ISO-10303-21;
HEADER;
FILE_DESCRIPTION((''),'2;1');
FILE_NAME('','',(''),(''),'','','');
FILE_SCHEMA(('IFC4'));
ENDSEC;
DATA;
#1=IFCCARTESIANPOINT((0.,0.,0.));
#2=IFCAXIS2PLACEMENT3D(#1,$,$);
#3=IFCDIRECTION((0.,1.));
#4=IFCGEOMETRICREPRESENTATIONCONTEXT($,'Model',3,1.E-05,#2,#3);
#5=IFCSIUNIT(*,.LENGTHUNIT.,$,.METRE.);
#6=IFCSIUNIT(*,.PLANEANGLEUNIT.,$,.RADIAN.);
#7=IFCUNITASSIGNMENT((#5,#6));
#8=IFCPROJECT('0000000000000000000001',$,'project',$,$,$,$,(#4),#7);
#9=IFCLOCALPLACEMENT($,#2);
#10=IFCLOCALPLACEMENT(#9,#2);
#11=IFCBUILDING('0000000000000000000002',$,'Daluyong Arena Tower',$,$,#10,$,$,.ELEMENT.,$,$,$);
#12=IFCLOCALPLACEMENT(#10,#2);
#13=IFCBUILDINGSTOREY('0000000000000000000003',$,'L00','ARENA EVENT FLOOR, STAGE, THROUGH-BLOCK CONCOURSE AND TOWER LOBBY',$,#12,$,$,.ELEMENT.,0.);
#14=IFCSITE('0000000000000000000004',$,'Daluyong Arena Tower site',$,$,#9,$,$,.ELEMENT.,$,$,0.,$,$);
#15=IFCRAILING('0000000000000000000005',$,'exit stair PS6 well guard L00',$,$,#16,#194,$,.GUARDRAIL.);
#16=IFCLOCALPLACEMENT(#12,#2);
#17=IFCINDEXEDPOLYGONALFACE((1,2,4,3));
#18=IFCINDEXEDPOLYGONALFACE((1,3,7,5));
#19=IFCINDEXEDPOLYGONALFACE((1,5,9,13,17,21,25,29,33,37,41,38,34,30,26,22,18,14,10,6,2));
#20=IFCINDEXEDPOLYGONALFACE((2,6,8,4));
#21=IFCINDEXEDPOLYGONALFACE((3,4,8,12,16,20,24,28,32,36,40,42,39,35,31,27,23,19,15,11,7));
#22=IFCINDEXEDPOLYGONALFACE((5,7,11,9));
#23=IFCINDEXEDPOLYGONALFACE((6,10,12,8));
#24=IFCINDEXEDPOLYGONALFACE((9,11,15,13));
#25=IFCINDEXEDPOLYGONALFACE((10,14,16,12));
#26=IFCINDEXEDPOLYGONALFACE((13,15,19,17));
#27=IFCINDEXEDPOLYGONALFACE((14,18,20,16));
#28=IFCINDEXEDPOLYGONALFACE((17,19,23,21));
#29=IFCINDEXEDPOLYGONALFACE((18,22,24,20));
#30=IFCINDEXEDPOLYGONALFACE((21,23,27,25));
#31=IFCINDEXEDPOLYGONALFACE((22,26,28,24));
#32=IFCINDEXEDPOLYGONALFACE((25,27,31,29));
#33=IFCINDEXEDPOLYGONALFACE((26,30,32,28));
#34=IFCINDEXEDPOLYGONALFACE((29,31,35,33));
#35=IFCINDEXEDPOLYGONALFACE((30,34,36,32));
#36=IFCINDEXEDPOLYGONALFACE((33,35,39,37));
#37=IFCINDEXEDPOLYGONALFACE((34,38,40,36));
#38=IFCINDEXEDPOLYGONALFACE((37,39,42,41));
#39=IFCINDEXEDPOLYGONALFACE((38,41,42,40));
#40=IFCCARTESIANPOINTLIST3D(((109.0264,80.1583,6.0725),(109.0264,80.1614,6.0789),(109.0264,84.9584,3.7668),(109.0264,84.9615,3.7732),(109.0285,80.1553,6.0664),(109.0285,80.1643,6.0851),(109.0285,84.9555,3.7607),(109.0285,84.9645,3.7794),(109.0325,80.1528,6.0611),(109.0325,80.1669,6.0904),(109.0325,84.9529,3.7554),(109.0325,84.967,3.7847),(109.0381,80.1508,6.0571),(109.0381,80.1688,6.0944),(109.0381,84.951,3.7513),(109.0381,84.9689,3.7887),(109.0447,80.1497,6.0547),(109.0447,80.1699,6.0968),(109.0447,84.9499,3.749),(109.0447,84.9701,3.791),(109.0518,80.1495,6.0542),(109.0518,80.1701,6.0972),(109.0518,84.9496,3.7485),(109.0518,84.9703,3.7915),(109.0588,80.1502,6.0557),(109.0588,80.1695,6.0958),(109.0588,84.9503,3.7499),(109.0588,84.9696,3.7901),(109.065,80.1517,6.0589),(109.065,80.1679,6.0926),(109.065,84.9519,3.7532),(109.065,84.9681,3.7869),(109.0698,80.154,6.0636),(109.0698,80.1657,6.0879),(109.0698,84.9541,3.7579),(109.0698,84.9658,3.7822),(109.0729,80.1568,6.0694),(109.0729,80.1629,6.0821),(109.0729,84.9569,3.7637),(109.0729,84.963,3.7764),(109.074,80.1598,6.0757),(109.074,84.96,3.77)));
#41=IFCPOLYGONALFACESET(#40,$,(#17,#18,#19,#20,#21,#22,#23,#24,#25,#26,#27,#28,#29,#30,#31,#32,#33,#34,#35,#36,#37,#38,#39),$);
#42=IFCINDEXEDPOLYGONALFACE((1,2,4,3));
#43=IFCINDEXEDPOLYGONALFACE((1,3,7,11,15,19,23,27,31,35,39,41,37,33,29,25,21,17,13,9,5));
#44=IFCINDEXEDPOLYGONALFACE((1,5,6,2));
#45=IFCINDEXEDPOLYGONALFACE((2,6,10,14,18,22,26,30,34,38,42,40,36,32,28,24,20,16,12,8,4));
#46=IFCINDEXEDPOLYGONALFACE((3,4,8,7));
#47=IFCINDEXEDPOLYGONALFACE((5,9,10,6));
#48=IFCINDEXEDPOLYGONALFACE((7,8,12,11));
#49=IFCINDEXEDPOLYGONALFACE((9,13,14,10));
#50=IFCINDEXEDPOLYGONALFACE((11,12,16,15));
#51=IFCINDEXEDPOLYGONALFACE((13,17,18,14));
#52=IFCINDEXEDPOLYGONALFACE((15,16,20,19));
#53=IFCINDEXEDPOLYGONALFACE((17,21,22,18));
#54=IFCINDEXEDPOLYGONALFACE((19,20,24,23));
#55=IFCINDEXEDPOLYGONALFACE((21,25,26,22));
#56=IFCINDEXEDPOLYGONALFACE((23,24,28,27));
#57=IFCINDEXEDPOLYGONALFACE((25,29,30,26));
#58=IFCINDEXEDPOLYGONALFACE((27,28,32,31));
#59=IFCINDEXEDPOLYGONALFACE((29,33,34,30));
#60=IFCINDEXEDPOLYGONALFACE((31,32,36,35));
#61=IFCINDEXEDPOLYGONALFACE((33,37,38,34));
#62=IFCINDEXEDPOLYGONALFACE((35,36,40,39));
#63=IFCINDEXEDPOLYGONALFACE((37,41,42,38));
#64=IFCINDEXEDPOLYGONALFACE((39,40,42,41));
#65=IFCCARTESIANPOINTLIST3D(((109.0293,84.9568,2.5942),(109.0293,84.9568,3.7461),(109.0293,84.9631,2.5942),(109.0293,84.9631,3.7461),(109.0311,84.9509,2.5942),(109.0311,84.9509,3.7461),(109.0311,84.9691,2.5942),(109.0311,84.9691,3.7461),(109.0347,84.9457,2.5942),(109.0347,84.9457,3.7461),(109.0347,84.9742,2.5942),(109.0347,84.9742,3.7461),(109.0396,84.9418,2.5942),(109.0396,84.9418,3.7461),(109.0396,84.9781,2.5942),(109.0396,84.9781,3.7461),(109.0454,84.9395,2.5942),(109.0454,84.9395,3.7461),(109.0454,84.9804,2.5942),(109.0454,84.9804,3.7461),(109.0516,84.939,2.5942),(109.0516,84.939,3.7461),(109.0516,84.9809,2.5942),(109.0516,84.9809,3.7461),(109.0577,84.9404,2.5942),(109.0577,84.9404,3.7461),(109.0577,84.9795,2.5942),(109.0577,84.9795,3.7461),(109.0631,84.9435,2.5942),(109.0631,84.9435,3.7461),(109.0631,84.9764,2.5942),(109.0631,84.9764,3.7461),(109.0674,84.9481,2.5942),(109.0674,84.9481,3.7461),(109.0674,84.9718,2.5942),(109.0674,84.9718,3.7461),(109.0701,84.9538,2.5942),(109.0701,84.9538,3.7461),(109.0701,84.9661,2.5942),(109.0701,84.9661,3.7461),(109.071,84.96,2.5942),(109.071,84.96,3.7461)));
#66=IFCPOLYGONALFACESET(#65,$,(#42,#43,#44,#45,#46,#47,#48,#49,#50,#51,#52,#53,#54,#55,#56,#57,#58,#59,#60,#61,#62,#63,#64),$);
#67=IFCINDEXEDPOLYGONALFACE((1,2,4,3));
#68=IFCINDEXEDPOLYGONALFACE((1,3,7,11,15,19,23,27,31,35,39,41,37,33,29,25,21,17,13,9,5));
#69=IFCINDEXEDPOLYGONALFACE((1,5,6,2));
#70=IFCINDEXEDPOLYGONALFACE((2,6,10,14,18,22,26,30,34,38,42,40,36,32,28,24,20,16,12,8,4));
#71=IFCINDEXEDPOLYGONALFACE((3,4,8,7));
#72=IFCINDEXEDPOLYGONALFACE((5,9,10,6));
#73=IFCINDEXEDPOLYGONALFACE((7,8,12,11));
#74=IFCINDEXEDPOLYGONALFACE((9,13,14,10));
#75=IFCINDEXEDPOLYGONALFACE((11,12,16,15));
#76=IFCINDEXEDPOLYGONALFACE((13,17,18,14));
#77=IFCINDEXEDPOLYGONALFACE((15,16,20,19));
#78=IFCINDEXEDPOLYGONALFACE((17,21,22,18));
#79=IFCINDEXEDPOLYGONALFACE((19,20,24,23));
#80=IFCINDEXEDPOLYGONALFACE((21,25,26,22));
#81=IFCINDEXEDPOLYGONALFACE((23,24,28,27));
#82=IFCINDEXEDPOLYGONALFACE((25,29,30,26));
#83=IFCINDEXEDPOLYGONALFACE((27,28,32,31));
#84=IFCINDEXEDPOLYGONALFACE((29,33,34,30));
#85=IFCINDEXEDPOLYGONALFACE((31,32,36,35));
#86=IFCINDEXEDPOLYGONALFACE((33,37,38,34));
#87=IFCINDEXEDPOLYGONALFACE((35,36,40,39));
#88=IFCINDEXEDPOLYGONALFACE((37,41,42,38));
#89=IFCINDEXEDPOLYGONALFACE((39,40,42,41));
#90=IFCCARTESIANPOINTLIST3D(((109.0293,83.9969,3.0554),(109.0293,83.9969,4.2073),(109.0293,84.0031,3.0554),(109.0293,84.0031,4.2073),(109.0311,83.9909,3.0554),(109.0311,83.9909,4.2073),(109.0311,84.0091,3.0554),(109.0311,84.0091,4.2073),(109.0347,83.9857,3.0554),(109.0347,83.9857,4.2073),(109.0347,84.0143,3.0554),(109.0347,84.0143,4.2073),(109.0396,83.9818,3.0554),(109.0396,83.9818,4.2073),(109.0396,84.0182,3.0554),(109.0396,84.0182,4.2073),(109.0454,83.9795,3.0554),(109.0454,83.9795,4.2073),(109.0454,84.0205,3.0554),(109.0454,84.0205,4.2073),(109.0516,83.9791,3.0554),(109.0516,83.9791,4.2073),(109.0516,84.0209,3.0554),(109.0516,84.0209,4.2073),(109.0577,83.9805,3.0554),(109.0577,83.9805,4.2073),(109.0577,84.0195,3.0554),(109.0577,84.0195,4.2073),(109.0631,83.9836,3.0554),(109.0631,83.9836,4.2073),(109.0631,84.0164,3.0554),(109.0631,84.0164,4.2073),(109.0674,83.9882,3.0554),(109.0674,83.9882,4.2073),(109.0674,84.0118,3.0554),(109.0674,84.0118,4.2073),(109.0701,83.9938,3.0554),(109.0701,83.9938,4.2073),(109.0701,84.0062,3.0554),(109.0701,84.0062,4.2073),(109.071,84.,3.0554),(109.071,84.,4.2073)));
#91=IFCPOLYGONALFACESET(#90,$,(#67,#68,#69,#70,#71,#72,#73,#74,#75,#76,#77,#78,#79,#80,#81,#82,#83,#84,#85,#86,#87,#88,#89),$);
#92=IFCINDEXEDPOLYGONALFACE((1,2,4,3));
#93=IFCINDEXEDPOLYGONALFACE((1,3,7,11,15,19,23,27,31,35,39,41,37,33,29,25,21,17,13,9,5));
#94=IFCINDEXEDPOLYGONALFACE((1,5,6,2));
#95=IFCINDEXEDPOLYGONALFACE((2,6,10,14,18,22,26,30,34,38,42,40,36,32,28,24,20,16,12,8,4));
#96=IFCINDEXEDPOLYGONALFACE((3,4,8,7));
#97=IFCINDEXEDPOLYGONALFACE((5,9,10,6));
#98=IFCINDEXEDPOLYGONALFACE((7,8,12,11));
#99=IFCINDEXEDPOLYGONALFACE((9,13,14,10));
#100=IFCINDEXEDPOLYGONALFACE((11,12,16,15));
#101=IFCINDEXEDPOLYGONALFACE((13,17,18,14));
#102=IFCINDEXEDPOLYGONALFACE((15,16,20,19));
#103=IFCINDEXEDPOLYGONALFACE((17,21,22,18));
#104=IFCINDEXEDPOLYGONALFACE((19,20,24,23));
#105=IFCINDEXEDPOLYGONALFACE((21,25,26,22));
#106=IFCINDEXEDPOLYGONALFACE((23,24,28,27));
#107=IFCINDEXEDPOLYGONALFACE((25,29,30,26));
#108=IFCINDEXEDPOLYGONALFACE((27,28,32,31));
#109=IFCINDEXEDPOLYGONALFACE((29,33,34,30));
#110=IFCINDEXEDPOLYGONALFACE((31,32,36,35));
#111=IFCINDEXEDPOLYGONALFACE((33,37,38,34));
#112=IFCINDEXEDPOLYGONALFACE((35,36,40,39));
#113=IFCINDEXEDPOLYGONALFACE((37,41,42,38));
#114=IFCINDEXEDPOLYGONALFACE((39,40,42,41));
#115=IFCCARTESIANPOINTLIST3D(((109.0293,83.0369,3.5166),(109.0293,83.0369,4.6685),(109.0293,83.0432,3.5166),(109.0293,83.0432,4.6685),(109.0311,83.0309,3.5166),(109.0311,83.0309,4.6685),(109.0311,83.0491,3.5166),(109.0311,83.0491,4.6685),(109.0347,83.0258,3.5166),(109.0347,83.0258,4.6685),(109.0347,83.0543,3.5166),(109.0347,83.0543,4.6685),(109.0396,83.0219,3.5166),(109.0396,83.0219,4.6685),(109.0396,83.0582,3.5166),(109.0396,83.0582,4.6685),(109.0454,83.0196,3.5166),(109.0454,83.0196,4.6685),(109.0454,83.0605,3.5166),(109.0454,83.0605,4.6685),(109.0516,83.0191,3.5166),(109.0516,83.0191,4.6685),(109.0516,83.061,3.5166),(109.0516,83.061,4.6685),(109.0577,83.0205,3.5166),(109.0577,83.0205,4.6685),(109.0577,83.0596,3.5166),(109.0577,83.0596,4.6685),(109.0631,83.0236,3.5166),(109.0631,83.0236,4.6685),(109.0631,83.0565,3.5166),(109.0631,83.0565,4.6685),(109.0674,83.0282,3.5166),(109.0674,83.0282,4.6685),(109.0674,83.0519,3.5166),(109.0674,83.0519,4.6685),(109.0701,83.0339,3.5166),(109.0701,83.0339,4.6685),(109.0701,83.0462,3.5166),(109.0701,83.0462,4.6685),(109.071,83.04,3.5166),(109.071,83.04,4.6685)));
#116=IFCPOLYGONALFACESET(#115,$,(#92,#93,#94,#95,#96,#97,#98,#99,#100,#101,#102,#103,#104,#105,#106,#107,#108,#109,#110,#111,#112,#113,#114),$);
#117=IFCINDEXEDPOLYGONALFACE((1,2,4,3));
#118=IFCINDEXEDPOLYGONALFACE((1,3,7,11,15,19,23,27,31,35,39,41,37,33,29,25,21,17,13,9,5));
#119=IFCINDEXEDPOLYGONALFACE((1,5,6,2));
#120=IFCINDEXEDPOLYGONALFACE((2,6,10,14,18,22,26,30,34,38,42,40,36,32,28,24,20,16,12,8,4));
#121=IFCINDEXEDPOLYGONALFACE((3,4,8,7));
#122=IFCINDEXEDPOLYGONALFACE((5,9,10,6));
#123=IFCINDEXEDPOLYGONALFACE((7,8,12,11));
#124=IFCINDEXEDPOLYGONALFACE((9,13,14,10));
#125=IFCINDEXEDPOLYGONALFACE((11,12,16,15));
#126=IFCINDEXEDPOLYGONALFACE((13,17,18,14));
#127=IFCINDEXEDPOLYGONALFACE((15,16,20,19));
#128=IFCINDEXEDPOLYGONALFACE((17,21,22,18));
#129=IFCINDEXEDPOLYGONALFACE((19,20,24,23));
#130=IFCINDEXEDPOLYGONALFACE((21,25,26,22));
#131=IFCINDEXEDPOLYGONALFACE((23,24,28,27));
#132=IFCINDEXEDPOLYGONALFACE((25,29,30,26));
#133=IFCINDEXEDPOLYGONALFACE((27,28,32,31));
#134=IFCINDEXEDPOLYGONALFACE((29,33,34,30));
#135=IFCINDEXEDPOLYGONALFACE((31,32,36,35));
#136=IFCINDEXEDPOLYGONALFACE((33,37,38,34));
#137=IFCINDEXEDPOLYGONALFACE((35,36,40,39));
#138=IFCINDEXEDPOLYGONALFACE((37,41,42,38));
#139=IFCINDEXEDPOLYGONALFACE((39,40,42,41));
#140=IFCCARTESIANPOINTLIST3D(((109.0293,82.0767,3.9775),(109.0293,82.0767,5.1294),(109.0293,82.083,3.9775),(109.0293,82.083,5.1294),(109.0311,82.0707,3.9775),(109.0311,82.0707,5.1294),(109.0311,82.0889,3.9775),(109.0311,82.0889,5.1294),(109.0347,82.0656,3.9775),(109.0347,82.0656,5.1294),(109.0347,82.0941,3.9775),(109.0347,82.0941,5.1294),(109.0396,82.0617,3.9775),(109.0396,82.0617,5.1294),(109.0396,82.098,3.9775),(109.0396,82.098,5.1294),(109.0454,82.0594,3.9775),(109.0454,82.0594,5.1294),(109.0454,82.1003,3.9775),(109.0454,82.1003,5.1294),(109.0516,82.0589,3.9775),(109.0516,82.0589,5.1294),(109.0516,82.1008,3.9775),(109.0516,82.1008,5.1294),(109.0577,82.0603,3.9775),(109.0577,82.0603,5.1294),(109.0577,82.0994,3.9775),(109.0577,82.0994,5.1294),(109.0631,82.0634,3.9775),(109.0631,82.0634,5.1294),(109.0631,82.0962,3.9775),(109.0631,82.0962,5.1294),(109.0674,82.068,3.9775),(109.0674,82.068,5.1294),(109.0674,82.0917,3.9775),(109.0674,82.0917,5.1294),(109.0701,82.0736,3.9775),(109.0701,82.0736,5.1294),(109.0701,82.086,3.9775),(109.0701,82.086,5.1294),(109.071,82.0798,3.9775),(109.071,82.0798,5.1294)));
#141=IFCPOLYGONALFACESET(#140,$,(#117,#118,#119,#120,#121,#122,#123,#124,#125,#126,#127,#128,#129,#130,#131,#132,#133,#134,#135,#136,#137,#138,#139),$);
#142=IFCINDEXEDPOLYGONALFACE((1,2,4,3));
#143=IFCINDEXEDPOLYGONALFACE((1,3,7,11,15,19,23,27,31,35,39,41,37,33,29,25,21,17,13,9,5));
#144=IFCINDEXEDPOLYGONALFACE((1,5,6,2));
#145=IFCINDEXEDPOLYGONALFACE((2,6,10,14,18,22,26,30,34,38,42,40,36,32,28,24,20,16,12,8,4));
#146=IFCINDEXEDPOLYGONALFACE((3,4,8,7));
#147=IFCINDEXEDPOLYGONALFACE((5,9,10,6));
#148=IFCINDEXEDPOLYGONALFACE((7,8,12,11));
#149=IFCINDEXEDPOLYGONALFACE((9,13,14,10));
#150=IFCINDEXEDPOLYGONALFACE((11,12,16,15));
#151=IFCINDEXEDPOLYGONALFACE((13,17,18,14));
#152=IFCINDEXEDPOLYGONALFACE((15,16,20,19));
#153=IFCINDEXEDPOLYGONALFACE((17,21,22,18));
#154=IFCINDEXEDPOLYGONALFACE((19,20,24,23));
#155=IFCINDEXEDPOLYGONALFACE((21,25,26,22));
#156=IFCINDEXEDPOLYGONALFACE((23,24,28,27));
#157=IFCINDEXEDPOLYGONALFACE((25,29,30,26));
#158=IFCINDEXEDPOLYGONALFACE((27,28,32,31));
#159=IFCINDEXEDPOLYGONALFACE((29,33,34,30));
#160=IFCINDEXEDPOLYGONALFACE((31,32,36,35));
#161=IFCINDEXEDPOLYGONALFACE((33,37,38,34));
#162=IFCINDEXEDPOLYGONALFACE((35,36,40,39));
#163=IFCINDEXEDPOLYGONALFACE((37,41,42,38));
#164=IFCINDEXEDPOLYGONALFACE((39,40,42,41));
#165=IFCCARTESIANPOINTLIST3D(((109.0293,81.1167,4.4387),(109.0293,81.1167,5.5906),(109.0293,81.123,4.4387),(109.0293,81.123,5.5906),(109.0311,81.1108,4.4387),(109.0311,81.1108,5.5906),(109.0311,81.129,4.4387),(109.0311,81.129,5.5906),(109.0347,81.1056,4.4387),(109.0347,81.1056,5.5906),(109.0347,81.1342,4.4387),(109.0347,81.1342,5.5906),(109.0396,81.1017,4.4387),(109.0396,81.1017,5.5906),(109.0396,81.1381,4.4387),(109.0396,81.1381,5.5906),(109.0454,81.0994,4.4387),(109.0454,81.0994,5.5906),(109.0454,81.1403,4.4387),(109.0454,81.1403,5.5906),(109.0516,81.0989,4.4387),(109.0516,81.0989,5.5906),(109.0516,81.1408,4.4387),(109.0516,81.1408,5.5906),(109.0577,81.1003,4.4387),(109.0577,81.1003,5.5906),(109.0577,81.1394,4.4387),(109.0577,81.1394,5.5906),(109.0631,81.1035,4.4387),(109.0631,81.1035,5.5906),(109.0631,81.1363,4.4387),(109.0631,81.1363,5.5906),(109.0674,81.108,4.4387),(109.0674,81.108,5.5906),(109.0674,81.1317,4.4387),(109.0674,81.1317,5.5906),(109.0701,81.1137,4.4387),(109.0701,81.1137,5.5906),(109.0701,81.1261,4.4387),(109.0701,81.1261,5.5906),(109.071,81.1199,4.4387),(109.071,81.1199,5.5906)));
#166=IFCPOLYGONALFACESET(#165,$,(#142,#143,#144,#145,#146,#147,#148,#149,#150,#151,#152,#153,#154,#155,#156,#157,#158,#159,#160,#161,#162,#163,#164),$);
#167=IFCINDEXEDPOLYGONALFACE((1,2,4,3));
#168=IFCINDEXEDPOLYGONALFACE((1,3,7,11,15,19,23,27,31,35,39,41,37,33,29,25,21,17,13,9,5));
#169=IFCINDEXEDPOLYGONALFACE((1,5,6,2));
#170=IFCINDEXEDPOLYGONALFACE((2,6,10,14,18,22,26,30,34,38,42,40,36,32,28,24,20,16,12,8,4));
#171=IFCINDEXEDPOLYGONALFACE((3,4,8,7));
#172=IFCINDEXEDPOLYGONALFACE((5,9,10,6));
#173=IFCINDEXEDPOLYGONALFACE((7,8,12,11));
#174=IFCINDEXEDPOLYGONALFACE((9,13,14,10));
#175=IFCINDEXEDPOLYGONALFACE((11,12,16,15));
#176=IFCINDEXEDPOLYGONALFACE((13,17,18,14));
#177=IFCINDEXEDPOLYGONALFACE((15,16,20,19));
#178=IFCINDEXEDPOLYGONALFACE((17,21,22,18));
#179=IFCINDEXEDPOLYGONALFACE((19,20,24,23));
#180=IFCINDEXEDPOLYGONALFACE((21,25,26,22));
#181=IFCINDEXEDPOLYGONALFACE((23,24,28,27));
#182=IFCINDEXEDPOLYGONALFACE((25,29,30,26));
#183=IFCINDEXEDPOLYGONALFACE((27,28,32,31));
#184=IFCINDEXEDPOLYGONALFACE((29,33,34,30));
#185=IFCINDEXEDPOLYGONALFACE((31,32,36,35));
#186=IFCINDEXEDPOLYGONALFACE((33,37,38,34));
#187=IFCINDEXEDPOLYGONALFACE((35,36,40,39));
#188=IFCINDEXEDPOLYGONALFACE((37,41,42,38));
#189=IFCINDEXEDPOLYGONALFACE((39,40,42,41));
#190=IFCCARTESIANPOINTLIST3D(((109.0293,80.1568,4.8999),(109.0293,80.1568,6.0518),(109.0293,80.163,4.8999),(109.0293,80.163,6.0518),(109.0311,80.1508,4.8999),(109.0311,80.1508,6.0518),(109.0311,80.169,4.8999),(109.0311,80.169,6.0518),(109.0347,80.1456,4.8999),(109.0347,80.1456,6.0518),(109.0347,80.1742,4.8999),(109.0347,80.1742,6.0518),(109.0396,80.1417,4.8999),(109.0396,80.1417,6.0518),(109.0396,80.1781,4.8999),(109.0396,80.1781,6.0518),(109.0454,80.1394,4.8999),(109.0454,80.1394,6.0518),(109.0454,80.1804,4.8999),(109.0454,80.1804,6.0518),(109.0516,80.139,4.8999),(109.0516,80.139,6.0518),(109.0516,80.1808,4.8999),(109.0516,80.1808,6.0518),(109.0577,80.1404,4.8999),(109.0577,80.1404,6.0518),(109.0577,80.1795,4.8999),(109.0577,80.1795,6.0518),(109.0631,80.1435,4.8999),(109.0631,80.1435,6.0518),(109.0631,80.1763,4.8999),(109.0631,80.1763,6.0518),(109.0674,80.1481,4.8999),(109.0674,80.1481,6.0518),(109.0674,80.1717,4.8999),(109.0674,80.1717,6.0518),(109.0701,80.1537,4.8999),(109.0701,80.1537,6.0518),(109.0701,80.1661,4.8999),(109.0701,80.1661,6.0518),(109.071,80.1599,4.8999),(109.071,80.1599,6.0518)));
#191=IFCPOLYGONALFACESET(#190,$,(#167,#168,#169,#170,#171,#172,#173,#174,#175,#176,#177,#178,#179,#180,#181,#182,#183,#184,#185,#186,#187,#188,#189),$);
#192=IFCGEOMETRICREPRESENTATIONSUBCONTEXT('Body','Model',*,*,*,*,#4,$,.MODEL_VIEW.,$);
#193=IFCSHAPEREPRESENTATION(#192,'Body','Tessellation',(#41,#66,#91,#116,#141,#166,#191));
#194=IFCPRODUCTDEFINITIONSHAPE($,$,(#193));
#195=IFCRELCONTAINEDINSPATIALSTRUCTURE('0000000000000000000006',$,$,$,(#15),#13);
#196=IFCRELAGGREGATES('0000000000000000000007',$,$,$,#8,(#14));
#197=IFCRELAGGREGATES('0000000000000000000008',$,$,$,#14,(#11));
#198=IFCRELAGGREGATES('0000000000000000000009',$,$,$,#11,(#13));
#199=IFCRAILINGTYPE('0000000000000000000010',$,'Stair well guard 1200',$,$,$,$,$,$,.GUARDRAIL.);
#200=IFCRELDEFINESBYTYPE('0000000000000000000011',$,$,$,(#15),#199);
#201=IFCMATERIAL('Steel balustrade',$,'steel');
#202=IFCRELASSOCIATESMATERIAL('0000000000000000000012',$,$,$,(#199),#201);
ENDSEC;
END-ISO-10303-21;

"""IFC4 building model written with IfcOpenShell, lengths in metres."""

from ifc_helpers import new_model, si_unit, direction, frame, origin, origin_2d, place, context, subcontext, project, spatial, circle, extrude, material, type_object, element, save


model = new_model("IFC4")

# Units and contexts
model_context = context("Model", 3, precision=1e-05, world=origin(), true_north=direction((0.0, 1.0)))
body_context = subcontext(model_context, "Body", "Model", "MODEL_VIEW")
ifc_project = project(units=[si_unit("LENGTHUNIT", "METRE"), si_unit("PLANEANGLEUNIT", "RADIAN")], contexts=[model_context])

# Site, building, storey
site_placement = place(None, origin())
site = spatial("IfcSite", under=ifc_project, at=site_placement, Name="Daluyong Arena Tower site", CompositionType="ELEMENT", RefElevation=0.0)
building_placement = place(site_placement, origin())
building = spatial("IfcBuilding", under=site, at=building_placement, Name="Daluyong Arena Tower", CompositionType="ELEMENT")
storey_placement = place(building_placement, origin())
storey = spatial("IfcBuildingStorey", under=building, at=storey_placement, Name="L00", Description="ARENA EVENT FLOOR, STAGE, THROUGH-BLOCK CONCOURSE AND TOWER LOBBY", CompositionType="ELEMENT", Elevation=0.0)

# Railing
ifc_material_1 = material(Name="Steel balustrade", Category="steel")
railing_type_1 = type_object("IfcRailingType", Name="Stair well guard 1200", PredefinedType="GUARDRAIL", material=ifc_material_1)
railing_1_placement = place(storey_placement, frame((109.05, 84.96, 2.5942)))
element("IfcRailing", 1, at=railing_1_placement, inside=storey, type_object=railing_type_1, Name="exit stair PS6 well guard L00", PredefinedType="GUARDRAIL", context=body_context, shape_type="SweptSolid", body=[
    extrude(circle(Radius=0.0239, at=origin_2d()), frame((0.0, 0.0, 1.1758), z_axis=(0.0, -0.901403, 0.432981), x_axis=(1.0, 0.0, 0.0)), (0.0, 0.0, 1.0), 5.3252),
    extrude(circle(Radius=0.021, at=origin_2d()), origin(), (0.0, 0.0, 1.0), 1.1519),
    extrude(circle(Radius=0.021, at=origin_2d()), frame((0.0, -0.96, 0.4612)), (0.0, 0.0, 1.0), 1.1519),
    extrude(circle(Radius=0.021, at=origin_2d()), frame((0.0, -1.9199, 0.9224)), (0.0, 0.0, 1.0), 1.1519),
    extrude(circle(Radius=0.021, at=origin_2d()), frame((0.0, -2.8801, 1.3833)), (0.0, 0.0, 1.0), 1.1519),
    extrude(circle(Radius=0.021, at=origin_2d()), frame((0.0, -3.8401, 1.8445)), (0.0, 0.0, 1.0), 1.1519),
    extrude(circle(Radius=0.021, at=origin_2d()), frame((0.0, -4.8, 2.3057)), (0.0, 0.0, 1.0), 1.1519),
])

save(model, "model.ifc")
